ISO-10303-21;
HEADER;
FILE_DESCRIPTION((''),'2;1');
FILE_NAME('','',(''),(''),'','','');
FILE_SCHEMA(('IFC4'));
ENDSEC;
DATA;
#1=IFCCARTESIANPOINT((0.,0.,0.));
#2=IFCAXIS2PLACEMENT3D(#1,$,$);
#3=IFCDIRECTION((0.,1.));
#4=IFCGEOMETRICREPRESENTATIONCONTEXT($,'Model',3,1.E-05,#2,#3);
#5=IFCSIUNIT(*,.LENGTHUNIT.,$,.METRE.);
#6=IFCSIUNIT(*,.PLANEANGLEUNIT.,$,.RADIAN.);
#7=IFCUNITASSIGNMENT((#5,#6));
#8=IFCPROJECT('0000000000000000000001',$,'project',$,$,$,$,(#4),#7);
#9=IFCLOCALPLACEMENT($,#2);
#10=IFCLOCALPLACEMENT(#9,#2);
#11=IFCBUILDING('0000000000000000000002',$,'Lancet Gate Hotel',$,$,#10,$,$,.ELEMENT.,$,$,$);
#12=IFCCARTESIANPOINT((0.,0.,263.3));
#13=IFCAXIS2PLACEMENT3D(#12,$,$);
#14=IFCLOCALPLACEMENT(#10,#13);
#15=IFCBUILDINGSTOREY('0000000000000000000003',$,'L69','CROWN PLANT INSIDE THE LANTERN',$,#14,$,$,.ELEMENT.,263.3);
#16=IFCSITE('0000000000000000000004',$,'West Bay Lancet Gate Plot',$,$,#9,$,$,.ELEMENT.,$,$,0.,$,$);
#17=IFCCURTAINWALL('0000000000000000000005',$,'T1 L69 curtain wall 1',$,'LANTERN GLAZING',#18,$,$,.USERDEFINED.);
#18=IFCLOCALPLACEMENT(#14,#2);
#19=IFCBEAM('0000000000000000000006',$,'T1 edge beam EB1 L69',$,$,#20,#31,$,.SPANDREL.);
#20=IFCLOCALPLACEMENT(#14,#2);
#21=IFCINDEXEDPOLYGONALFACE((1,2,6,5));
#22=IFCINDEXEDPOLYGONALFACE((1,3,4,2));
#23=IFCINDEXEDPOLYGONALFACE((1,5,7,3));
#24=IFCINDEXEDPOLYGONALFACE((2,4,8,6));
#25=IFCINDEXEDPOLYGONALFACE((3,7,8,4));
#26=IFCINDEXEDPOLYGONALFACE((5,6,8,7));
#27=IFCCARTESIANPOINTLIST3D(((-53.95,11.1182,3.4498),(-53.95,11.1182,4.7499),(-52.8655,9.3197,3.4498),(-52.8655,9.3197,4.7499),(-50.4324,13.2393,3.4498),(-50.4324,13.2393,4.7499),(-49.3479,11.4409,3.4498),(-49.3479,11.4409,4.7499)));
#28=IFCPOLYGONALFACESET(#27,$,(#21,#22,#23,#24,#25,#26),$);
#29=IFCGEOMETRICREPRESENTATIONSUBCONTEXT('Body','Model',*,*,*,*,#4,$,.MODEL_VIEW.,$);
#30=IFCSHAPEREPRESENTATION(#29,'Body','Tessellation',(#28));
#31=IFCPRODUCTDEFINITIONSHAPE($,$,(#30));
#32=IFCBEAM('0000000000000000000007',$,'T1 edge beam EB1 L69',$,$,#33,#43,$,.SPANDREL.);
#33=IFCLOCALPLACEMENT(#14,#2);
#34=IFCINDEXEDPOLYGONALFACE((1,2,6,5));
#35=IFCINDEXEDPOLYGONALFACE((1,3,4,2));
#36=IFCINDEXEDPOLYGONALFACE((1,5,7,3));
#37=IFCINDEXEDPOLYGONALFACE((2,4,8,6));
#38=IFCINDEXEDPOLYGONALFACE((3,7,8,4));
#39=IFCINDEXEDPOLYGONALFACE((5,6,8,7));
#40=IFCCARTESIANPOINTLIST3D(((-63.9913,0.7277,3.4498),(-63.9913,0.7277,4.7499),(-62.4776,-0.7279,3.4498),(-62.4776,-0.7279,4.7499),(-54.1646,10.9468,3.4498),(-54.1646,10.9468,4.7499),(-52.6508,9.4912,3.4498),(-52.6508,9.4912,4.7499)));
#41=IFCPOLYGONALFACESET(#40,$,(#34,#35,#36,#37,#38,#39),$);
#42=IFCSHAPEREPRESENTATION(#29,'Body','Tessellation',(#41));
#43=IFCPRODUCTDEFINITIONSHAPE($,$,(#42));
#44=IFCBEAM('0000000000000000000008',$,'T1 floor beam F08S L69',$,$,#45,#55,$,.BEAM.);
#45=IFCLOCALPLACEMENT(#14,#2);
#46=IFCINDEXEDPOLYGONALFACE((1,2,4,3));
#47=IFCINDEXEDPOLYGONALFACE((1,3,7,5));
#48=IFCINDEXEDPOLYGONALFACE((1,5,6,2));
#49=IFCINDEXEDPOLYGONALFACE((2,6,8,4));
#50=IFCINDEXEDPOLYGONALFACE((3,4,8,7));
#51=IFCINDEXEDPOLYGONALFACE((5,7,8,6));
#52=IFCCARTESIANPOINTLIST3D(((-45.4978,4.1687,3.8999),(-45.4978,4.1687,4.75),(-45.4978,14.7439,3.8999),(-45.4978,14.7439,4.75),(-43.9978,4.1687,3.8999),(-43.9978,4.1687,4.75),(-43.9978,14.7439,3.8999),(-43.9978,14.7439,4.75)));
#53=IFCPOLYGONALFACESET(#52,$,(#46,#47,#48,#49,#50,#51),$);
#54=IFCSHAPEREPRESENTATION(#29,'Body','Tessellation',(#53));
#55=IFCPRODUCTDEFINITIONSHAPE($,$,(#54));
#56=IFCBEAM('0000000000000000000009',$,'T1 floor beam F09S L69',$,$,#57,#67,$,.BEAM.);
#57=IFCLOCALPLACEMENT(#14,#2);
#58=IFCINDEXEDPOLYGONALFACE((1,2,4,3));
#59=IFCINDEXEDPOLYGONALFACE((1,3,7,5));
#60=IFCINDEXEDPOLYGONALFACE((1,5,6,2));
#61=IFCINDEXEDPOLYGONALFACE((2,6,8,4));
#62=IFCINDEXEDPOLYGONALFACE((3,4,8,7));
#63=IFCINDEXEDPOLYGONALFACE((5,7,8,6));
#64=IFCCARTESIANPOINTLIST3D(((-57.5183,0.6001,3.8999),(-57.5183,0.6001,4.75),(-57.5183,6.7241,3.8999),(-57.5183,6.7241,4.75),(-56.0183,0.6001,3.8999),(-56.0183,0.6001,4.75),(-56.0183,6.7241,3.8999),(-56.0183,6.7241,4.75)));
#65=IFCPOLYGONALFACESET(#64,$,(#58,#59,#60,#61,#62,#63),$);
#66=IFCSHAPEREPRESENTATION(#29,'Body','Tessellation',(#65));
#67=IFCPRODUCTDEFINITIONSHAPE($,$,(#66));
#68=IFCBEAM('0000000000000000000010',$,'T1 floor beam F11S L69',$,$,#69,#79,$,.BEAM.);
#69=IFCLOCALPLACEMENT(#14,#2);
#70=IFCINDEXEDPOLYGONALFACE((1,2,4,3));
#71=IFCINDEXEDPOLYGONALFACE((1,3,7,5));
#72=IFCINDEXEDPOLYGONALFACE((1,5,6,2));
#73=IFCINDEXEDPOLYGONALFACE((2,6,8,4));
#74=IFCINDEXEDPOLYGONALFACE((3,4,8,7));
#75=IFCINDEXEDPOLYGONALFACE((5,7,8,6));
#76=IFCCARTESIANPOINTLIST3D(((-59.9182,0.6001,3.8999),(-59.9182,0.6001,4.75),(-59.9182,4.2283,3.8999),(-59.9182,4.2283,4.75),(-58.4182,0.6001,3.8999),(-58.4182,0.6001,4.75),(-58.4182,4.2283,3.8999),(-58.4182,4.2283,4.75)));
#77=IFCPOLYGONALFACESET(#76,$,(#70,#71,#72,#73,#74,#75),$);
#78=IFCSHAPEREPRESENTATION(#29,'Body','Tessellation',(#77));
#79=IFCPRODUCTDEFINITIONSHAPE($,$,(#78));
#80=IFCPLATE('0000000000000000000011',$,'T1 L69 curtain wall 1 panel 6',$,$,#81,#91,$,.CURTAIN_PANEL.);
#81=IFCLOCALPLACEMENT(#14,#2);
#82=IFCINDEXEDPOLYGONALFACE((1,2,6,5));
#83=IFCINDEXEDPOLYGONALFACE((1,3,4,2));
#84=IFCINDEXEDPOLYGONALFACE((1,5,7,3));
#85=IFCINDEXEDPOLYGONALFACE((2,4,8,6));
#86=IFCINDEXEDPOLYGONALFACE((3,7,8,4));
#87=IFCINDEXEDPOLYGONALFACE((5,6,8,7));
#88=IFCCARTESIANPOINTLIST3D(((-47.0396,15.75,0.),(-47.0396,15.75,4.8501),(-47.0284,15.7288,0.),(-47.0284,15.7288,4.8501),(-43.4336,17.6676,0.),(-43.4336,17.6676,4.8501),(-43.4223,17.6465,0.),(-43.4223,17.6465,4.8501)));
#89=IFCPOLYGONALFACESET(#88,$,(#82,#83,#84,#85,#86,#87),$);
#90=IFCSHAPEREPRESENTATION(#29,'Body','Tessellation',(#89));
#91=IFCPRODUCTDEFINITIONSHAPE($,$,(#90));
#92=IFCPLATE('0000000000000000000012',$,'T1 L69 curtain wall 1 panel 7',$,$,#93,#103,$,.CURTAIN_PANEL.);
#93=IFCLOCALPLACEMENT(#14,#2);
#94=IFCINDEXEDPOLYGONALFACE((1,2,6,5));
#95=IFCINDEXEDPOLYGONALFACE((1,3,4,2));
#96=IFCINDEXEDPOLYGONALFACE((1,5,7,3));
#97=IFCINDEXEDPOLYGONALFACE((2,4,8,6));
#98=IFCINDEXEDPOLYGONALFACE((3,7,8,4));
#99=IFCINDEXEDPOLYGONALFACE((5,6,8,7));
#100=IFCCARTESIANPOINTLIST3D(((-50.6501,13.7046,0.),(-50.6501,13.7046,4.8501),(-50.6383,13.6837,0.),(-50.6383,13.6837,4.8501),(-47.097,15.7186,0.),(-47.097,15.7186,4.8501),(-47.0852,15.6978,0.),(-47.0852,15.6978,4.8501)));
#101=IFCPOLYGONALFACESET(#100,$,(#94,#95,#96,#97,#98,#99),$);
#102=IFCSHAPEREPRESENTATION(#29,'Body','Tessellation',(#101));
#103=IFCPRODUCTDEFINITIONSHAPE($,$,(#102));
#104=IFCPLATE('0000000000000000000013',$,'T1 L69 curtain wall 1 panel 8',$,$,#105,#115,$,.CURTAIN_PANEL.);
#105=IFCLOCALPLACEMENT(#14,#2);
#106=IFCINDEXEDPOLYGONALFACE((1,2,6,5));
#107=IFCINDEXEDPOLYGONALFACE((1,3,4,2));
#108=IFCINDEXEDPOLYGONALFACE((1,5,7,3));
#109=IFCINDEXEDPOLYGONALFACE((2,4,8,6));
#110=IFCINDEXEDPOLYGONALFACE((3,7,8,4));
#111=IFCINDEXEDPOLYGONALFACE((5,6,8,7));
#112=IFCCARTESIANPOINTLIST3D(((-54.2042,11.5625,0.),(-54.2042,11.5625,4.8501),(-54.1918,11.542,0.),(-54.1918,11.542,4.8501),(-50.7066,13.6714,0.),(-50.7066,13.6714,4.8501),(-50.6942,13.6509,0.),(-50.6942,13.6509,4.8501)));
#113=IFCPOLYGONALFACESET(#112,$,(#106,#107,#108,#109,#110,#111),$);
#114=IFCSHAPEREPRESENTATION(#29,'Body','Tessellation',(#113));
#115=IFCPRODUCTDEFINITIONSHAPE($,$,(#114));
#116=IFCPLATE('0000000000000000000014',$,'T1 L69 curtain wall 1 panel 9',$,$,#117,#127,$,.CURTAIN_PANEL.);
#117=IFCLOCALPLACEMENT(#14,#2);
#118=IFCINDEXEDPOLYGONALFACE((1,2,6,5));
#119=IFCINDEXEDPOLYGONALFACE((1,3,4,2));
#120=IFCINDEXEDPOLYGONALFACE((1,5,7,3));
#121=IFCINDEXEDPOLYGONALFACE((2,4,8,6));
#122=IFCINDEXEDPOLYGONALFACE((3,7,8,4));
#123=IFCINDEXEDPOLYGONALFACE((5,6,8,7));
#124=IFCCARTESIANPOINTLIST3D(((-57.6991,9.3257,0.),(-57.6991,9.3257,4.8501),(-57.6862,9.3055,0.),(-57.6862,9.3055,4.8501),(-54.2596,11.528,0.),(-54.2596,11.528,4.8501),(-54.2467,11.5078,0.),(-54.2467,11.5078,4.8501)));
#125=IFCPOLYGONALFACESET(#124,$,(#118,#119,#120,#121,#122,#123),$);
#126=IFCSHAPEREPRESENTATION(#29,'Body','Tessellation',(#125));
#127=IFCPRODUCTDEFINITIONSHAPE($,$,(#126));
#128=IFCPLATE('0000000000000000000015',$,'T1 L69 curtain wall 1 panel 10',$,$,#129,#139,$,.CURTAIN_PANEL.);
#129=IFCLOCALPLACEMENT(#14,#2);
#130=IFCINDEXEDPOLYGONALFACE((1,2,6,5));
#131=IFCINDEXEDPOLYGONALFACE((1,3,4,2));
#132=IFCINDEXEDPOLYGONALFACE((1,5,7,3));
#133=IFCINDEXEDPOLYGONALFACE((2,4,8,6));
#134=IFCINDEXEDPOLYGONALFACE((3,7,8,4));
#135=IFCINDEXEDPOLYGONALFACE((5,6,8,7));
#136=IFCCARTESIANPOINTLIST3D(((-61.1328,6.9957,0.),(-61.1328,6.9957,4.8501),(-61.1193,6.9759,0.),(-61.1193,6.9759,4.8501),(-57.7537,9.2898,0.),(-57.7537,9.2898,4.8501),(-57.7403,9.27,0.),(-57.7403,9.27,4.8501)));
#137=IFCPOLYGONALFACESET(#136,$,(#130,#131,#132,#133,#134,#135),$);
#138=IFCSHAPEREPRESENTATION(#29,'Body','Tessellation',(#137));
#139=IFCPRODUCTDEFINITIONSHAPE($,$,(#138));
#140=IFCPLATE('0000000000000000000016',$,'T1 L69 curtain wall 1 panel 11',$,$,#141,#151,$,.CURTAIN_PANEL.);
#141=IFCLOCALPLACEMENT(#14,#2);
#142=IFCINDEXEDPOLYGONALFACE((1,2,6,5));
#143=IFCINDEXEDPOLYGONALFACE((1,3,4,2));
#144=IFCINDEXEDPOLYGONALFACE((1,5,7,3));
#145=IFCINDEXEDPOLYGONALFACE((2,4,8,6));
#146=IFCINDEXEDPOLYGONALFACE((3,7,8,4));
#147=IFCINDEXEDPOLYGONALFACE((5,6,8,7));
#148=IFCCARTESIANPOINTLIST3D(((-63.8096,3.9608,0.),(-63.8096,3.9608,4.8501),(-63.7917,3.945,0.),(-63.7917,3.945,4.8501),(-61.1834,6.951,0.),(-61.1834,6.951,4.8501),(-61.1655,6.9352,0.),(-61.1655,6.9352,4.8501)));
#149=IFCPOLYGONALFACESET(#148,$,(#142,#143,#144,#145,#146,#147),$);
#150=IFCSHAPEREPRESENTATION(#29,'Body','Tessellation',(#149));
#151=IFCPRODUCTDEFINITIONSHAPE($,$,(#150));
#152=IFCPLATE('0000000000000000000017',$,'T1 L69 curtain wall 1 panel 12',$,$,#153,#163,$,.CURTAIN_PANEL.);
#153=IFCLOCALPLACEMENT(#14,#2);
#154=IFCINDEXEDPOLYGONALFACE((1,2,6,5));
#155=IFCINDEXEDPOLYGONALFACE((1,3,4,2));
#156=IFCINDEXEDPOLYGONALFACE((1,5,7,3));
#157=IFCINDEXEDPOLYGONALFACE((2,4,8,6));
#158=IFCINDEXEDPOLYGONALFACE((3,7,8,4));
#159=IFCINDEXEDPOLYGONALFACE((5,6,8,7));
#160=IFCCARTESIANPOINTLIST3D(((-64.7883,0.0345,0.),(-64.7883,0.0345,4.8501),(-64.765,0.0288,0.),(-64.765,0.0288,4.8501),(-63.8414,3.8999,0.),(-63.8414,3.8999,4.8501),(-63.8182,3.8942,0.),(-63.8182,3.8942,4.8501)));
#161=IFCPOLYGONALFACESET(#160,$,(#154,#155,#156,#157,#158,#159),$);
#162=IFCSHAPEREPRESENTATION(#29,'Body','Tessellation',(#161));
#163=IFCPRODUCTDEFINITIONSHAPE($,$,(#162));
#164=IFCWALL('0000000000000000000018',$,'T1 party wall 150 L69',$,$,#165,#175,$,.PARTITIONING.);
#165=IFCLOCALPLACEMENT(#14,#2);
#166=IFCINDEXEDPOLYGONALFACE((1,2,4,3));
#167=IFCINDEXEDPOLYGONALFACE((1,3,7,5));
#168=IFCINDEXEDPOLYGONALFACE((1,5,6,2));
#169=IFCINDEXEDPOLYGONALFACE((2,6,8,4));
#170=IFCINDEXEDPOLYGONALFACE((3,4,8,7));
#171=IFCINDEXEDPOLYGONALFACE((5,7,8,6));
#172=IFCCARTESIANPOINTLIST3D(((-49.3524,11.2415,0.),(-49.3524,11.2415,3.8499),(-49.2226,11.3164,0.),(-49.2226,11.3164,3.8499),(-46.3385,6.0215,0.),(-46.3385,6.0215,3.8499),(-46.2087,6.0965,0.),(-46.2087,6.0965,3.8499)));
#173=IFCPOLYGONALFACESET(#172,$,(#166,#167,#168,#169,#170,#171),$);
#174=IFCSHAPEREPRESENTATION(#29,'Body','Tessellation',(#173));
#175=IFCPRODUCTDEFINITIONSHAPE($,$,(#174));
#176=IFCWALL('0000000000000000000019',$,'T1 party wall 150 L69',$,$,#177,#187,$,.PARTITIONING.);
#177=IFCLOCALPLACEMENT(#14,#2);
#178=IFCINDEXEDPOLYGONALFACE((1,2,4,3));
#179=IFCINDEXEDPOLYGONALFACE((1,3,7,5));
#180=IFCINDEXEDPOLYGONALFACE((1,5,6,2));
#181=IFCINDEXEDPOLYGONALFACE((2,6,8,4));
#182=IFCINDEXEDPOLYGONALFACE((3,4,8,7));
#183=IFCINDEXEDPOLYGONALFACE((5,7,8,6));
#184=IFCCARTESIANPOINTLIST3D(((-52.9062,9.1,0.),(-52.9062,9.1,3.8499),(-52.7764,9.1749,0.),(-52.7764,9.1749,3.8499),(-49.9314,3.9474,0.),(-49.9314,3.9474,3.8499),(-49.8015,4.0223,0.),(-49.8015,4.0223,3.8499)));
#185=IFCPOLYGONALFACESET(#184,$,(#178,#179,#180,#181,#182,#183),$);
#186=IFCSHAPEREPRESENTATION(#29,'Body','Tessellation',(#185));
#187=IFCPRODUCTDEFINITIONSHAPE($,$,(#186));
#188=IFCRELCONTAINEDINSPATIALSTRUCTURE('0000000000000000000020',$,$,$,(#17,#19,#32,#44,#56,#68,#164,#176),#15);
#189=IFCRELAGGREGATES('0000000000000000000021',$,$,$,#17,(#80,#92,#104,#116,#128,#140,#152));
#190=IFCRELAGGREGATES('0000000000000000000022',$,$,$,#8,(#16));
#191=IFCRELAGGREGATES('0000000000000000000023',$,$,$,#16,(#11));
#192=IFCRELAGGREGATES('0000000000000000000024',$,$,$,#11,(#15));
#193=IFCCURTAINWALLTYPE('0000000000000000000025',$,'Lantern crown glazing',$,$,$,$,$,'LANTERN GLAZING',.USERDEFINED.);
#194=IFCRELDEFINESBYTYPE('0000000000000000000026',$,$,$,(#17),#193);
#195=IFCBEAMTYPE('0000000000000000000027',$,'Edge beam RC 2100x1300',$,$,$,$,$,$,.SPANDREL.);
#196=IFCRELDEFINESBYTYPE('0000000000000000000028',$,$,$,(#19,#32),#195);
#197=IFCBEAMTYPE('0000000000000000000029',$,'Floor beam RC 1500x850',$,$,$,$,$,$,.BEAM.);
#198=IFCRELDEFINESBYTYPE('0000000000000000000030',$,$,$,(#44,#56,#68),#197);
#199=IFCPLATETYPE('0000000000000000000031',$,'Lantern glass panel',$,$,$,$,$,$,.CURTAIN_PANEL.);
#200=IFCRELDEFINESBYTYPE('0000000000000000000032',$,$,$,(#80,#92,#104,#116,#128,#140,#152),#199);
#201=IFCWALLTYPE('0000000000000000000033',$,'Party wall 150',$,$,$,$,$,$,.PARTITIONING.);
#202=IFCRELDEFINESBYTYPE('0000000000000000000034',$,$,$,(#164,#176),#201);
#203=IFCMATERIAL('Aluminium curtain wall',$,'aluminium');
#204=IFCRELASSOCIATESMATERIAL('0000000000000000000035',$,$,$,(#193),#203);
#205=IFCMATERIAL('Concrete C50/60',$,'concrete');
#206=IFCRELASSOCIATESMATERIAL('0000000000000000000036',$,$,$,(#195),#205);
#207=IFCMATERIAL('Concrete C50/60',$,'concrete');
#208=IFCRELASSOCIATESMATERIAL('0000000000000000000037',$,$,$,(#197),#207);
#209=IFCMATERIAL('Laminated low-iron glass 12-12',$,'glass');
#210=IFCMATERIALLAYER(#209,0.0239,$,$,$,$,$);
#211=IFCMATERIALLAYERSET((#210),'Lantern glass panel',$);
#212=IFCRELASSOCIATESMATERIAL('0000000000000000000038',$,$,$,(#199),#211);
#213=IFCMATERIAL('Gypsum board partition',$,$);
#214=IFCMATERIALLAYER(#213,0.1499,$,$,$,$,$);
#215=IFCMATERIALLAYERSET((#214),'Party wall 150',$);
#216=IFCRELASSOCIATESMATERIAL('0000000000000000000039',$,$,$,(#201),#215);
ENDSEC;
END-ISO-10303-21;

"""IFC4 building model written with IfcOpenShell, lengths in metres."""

from ifc_helpers import new_model, si_unit, direction, frame, frame_2d, origin, origin_2d, place, context, subcontext, project, spatial, rectangle, extrude, material, layer, layer_set, material_profile, profile_set, type_object, element, aggregate, save


model = new_model("IFC4")

# Units and contexts
model_context = context("Model", 3, precision=1e-05, world=origin(), true_north=direction((0.0, 1.0)))
body_context = subcontext(model_context, "Body", "Model", "MODEL_VIEW")
ifc_project = project(units=[si_unit("LENGTHUNIT", "METRE"), si_unit("PLANEANGLEUNIT", "RADIAN")], contexts=[model_context])

# Site, building, storey
site_placement = place(None, origin())
site = spatial("IfcSite", under=ifc_project, at=site_placement, Name="West Bay Lancet Gate Plot", CompositionType="ELEMENT", RefElevation=0.0)
building_placement = place(site_placement, origin())
building = spatial("IfcBuilding", under=site, at=building_placement, Name="Lancet Gate Hotel", CompositionType="ELEMENT")
storey_placement = place(building_placement, frame((0.0, 0.0, 263.3)))
storey = spatial("IfcBuildingStorey", under=building, at=storey_placement, Name="L69", Description="CROWN PLANT INSIDE THE LANTERN", CompositionType="ELEMENT", Elevation=263.3)

# Curtain wall
ifc_material_1 = material(Name="Aluminium curtain wall", Category="aluminium")
curtain_wall_type = type_object("IfcCurtainWallType", Name="Lantern crown glazing", ElementType="LANTERN GLAZING", PredefinedType="USERDEFINED", material=ifc_material_1)
curtain_wall_placement = place(storey_placement, origin())
curtain_wall = element("IfcCurtainWall", 1, at=curtain_wall_placement, inside=storey, type_object=curtain_wall_type, Name="T1 L69 curtain wall 1", ObjectType="LANTERN GLAZING", PredefinedType="USERDEFINED")

# Beams
ifc_material_2 = material(Name="Concrete C50/60", Category="concrete")
ifc_material_profile_1 = material_profile(ifc_material_2, rectangle(XDim=2.1001, YDim=1.3, at=origin_2d()), Name="RC 2100x1300")
ifc_profile_set_1 = profile_set([ifc_material_profile_1], Name="Concrete C50/60")
beam_type_1 = type_object("IfcBeamType", Name="Edge beam RC 2100x1300", PredefinedType="SPANDREL", material=ifc_profile_set_1)
for number, where, z_axis, x_axis, name in (
    (2, (-49.8901, 12.3401, 4.0999), (-0.856358, -0.516382, 0.0), (0.516382, -0.856358, 0.0), "T1 edge beam EB1 L69"),
):
    element("IfcBeam", number, at=place(storey_placement, frame(where, z_axis=z_axis, x_axis=x_axis)), inside=storey, type_object=beam_type_1, Name=name, PredefinedType="SPANDREL", context=body_context, shape_type="SweptSolid", body=[
        extrude(rectangle(XDim=2.1001, YDim=1.3, at=origin_2d()), origin(), (0.0, 0.0, 1.0), 4.1077),
    ])
beam_1_placement = place(storey_placement, frame((-53.4077, 10.219, 4.0999), z_axis=(-0.693135, -0.720808, 0.0), x_axis=(0.720808, -0.693135, 0.0)))
element("IfcBeam", 3, at=beam_1_placement, inside=storey, type_object=beam_type_1, Name="T1 edge beam EB1 L69", PredefinedType="SPANDREL", context=body_context, shape_type="SweptSolid", body=[
    extrude(rectangle(XDim=2.1001, YDim=1.3, at=origin_2d()), origin(), (0.0, 0.0, 1.0), 14.1772),
])
ifc_material_3 = material(Name="Concrete C50/60", Category="concrete")
ifc_material_profile_2 = material_profile(ifc_material_3, rectangle(XDim=1.5, YDim=0.8501, at=origin_2d()), Name="RC 1500x850")
ifc_profile_set_2 = profile_set([ifc_material_profile_2], Name="Concrete C50/60")
beam_type_2 = type_object("IfcBeamType", Name="Floor beam RC 1500x850", PredefinedType="BEAM", material=ifc_profile_set_2)
beam_2_placement = place(storey_placement, frame((-44.7478, 14.7439, 4.325), z_axis=(0.0, -1.0, 0.0), x_axis=(1.0, 0.0, 0.0)))
element("IfcBeam", 4, at=beam_2_placement, inside=storey, type_object=beam_type_2, Name="T1 floor beam F08S L69", PredefinedType="BEAM", context=body_context, shape_type="SweptSolid", body=[
    extrude(rectangle(XDim=1.5, YDim=0.8501, at=origin_2d()), origin(), (0.0, 0.0, 1.0), 10.5752),
])
beam_3_placement = place(storey_placement, frame((-56.7683, 6.7241, 4.325), z_axis=(0.0, -1.0, 0.0), x_axis=(1.0, 0.0, 0.0)))
element("IfcBeam", 5, at=beam_3_placement, inside=storey, type_object=beam_type_2, Name="T1 floor beam F09S L69", PredefinedType="BEAM", context=body_context, shape_type="SweptSolid", body=[
    extrude(rectangle(XDim=1.5, YDim=0.8501, at=origin_2d()), origin(), (0.0, 0.0, 1.0), 6.124),
])
beam_4_placement = place(storey_placement, frame((-59.1682, 4.2283, 4.325), z_axis=(0.0, -1.0, 0.0), x_axis=(1.0, 0.0, 0.0)))
element("IfcBeam", 6, at=beam_4_placement, inside=storey, type_object=beam_type_2, Name="T1 floor beam F11S L69", PredefinedType="BEAM", context=body_context, shape_type="SweptSolid", body=[
    extrude(rectangle(XDim=1.5, YDim=0.8501, at=origin_2d()), origin(), (0.0, 0.0, 1.0), 3.6282),
])

# Plates
ifc_material_4 = material(Name="Laminated low-iron glass 12-12", Category="glass")
ifc_layer_1 = layer(ifc_material_4, 0.0239)
ifc_layer_set_1 = layer_set([ifc_layer_1], Name="Lantern glass panel")
plate_type = type_object("IfcPlateType", Name="Lantern glass panel", PredefinedType="CURTAIN_PANEL", material=ifc_layer_set_1)
plate_1_placement = place(storey_placement, frame((-45.231, 16.6982, 0.0), z_axis=(0.0, 0.0, 1.0), x_axis=(-0.882916, -0.469531, 0.0)))
plate_1 = element("IfcPlate", 7, at=plate_1_placement, type_object=plate_type, Name="T1 L69 curtain wall 1 panel 6", PredefinedType="CURTAIN_PANEL", context=body_context, shape_type="SweptSolid", body=[
    extrude(rectangle(XDim=4.0842, YDim=0.0239, at=origin_2d()), origin(), (0.0, 0.0, 1.0), 4.8501),
])
plate_2_placement = place(storey_placement, frame((-48.8677, 14.7012, 0.0), z_axis=(0.0, 0.0, 1.0), x_axis=(-0.869958, -0.493126, 0.0)))
plate_2 = element("IfcPlate", 8, at=plate_2_placement, type_object=plate_type, Name="T1 L69 curtain wall 1 panel 7", PredefinedType="CURTAIN_PANEL", context=body_context, shape_type="SweptSolid", body=[
    extrude(rectangle(XDim=4.0842, YDim=0.0239, at=origin_2d()), origin(), (0.0, 0.0, 1.0), 4.8501),
])
plate_3_placement = place(storey_placement, frame((-52.4492, 12.6067, 0.0), z_axis=(0.0, 0.0, 1.0), x_axis=(-0.85637, -0.516363, 0.0)))
plate_3 = element("IfcPlate", 9, at=plate_3_placement, type_object=plate_type, Name="T1 L69 curtain wall 1 panel 8", PredefinedType="CURTAIN_PANEL", context=body_context, shape_type="SweptSolid", body=[
    extrude(rectangle(XDim=4.0842, YDim=0.0239, at=origin_2d()), origin(), (0.0, 0.0, 1.0), 4.8501),
])
plate_4_placement = place(storey_placement, frame((-55.9729, 10.4167, 0.0), z_axis=(0.0, 0.0, 1.0), x_axis=(-0.842161, -0.539226, 0.0)))
plate_4 = element("IfcPlate", 10, at=plate_4_placement, type_object=plate_type, Name="T1 L69 curtain wall 1 panel 9", PredefinedType="CURTAIN_PANEL", context=body_context, shape_type="SweptSolid", body=[
    extrude(rectangle(XDim=4.0842, YDim=0.0239, at=origin_2d()), origin(), (0.0, 0.0, 1.0), 4.8501),
])
plate_5_placement = place(storey_placement, frame((-59.4365, 8.1328, 0.0), z_axis=(0.0, 0.0, 1.0), x_axis=(-0.827342, -0.561698, 0.0)))
plate_5 = element("IfcPlate", 11, at=plate_5_placement, type_object=plate_type, Name="T1 L69 curtain wall 1 panel 10", PredefinedType="CURTAIN_PANEL", context=body_context, shape_type="SweptSolid", body=[
    extrude(rectangle(XDim=4.0842, YDim=0.0239, at=origin_2d()), origin(), (0.0, 0.0, 1.0), 4.8501),
])
plate_6_placement = place(storey_placement, frame((-62.4875, 5.448, 0.0), z_axis=(0.0, 0.0, 1.0), x_axis=(-0.659892, -0.751361, 0.0)))
plate_6 = element("IfcPlate", 12, at=plate_6_placement, type_object=plate_type, Name="T1 L69 curtain wall 1 panel 11", PredefinedType="CURTAIN_PANEL", context=body_context, shape_type="SweptSolid", body=[
    extrude(rectangle(XDim=3.9797, YDim=0.0239, at=origin_2d()), origin(), (0.0, 0.0, 1.0), 4.8501),
])
plate_7_placement = place(storey_placement, frame((-64.3032, 1.9644, 0.0), z_axis=(0.0, 0.0, 1.0), x_axis=(-0.237921, -0.971285, 0.0)))
plate_7 = element("IfcPlate", 13, at=plate_7_placement, type_object=plate_type, Name="T1 L69 curtain wall 1 panel 12", PredefinedType="CURTAIN_PANEL", context=body_context, shape_type="SweptSolid", body=[
    extrude(rectangle(XDim=3.9797, YDim=0.0239, at=origin_2d()), origin(), (0.0, 0.0, 1.0), 4.8501),
])
aggregate(curtain_wall, [plate_1, plate_2, plate_3, plate_4, plate_5, plate_6, plate_7])

# Walls
ifc_material_5 = material(Name="Gypsum board partition")
ifc_layer_2 = layer(ifc_material_5, 0.1499)
ifc_layer_set_2 = layer_set([ifc_layer_2], Name="Party wall 150")
wall_type_1 = type_object("IfcWallType", Name="Party wall 150", PredefinedType="PARTITIONING", material=ifc_layer_set_2)
wall_1_placement = place(storey_placement, frame((-46.2737, 6.0591, 0.0), z_axis=(0.0, 0.0, 1.0), x_axis=(-0.50002, 0.866014, 0.0)))
element("IfcWall", 14, at=wall_1_placement, inside=storey, type_object=wall_type_1, Name="T1 party wall 150 L69", PredefinedType="PARTITIONING", context=body_context, shape_type="SweptSolid", body=[
    extrude(rectangle(XDim=6.0276, YDim=0.1499, at=frame_2d((3.0137, 0.0))), origin(), (0.0, 0.0, 1.0), 3.8499),
])
wall_2_placement = place(storey_placement, frame((-49.8665, 3.9849, 0.0), z_axis=(0.0, 0.0, 1.0), x_axis=(-0.500001, 0.866025, 0.0)))
element("IfcWall", 15, at=wall_2_placement, inside=storey, type_object=wall_type_1, Name="T1 party wall 150 L69", PredefinedType="PARTITIONING", context=body_context, shape_type="SweptSolid", body=[
    extrude(rectangle(XDim=5.9497, YDim=0.1499, at=frame_2d((2.9749, 0.0))), origin(), (0.0, 0.0, 1.0), 3.8499),
])

save(model, "model.ifc")
